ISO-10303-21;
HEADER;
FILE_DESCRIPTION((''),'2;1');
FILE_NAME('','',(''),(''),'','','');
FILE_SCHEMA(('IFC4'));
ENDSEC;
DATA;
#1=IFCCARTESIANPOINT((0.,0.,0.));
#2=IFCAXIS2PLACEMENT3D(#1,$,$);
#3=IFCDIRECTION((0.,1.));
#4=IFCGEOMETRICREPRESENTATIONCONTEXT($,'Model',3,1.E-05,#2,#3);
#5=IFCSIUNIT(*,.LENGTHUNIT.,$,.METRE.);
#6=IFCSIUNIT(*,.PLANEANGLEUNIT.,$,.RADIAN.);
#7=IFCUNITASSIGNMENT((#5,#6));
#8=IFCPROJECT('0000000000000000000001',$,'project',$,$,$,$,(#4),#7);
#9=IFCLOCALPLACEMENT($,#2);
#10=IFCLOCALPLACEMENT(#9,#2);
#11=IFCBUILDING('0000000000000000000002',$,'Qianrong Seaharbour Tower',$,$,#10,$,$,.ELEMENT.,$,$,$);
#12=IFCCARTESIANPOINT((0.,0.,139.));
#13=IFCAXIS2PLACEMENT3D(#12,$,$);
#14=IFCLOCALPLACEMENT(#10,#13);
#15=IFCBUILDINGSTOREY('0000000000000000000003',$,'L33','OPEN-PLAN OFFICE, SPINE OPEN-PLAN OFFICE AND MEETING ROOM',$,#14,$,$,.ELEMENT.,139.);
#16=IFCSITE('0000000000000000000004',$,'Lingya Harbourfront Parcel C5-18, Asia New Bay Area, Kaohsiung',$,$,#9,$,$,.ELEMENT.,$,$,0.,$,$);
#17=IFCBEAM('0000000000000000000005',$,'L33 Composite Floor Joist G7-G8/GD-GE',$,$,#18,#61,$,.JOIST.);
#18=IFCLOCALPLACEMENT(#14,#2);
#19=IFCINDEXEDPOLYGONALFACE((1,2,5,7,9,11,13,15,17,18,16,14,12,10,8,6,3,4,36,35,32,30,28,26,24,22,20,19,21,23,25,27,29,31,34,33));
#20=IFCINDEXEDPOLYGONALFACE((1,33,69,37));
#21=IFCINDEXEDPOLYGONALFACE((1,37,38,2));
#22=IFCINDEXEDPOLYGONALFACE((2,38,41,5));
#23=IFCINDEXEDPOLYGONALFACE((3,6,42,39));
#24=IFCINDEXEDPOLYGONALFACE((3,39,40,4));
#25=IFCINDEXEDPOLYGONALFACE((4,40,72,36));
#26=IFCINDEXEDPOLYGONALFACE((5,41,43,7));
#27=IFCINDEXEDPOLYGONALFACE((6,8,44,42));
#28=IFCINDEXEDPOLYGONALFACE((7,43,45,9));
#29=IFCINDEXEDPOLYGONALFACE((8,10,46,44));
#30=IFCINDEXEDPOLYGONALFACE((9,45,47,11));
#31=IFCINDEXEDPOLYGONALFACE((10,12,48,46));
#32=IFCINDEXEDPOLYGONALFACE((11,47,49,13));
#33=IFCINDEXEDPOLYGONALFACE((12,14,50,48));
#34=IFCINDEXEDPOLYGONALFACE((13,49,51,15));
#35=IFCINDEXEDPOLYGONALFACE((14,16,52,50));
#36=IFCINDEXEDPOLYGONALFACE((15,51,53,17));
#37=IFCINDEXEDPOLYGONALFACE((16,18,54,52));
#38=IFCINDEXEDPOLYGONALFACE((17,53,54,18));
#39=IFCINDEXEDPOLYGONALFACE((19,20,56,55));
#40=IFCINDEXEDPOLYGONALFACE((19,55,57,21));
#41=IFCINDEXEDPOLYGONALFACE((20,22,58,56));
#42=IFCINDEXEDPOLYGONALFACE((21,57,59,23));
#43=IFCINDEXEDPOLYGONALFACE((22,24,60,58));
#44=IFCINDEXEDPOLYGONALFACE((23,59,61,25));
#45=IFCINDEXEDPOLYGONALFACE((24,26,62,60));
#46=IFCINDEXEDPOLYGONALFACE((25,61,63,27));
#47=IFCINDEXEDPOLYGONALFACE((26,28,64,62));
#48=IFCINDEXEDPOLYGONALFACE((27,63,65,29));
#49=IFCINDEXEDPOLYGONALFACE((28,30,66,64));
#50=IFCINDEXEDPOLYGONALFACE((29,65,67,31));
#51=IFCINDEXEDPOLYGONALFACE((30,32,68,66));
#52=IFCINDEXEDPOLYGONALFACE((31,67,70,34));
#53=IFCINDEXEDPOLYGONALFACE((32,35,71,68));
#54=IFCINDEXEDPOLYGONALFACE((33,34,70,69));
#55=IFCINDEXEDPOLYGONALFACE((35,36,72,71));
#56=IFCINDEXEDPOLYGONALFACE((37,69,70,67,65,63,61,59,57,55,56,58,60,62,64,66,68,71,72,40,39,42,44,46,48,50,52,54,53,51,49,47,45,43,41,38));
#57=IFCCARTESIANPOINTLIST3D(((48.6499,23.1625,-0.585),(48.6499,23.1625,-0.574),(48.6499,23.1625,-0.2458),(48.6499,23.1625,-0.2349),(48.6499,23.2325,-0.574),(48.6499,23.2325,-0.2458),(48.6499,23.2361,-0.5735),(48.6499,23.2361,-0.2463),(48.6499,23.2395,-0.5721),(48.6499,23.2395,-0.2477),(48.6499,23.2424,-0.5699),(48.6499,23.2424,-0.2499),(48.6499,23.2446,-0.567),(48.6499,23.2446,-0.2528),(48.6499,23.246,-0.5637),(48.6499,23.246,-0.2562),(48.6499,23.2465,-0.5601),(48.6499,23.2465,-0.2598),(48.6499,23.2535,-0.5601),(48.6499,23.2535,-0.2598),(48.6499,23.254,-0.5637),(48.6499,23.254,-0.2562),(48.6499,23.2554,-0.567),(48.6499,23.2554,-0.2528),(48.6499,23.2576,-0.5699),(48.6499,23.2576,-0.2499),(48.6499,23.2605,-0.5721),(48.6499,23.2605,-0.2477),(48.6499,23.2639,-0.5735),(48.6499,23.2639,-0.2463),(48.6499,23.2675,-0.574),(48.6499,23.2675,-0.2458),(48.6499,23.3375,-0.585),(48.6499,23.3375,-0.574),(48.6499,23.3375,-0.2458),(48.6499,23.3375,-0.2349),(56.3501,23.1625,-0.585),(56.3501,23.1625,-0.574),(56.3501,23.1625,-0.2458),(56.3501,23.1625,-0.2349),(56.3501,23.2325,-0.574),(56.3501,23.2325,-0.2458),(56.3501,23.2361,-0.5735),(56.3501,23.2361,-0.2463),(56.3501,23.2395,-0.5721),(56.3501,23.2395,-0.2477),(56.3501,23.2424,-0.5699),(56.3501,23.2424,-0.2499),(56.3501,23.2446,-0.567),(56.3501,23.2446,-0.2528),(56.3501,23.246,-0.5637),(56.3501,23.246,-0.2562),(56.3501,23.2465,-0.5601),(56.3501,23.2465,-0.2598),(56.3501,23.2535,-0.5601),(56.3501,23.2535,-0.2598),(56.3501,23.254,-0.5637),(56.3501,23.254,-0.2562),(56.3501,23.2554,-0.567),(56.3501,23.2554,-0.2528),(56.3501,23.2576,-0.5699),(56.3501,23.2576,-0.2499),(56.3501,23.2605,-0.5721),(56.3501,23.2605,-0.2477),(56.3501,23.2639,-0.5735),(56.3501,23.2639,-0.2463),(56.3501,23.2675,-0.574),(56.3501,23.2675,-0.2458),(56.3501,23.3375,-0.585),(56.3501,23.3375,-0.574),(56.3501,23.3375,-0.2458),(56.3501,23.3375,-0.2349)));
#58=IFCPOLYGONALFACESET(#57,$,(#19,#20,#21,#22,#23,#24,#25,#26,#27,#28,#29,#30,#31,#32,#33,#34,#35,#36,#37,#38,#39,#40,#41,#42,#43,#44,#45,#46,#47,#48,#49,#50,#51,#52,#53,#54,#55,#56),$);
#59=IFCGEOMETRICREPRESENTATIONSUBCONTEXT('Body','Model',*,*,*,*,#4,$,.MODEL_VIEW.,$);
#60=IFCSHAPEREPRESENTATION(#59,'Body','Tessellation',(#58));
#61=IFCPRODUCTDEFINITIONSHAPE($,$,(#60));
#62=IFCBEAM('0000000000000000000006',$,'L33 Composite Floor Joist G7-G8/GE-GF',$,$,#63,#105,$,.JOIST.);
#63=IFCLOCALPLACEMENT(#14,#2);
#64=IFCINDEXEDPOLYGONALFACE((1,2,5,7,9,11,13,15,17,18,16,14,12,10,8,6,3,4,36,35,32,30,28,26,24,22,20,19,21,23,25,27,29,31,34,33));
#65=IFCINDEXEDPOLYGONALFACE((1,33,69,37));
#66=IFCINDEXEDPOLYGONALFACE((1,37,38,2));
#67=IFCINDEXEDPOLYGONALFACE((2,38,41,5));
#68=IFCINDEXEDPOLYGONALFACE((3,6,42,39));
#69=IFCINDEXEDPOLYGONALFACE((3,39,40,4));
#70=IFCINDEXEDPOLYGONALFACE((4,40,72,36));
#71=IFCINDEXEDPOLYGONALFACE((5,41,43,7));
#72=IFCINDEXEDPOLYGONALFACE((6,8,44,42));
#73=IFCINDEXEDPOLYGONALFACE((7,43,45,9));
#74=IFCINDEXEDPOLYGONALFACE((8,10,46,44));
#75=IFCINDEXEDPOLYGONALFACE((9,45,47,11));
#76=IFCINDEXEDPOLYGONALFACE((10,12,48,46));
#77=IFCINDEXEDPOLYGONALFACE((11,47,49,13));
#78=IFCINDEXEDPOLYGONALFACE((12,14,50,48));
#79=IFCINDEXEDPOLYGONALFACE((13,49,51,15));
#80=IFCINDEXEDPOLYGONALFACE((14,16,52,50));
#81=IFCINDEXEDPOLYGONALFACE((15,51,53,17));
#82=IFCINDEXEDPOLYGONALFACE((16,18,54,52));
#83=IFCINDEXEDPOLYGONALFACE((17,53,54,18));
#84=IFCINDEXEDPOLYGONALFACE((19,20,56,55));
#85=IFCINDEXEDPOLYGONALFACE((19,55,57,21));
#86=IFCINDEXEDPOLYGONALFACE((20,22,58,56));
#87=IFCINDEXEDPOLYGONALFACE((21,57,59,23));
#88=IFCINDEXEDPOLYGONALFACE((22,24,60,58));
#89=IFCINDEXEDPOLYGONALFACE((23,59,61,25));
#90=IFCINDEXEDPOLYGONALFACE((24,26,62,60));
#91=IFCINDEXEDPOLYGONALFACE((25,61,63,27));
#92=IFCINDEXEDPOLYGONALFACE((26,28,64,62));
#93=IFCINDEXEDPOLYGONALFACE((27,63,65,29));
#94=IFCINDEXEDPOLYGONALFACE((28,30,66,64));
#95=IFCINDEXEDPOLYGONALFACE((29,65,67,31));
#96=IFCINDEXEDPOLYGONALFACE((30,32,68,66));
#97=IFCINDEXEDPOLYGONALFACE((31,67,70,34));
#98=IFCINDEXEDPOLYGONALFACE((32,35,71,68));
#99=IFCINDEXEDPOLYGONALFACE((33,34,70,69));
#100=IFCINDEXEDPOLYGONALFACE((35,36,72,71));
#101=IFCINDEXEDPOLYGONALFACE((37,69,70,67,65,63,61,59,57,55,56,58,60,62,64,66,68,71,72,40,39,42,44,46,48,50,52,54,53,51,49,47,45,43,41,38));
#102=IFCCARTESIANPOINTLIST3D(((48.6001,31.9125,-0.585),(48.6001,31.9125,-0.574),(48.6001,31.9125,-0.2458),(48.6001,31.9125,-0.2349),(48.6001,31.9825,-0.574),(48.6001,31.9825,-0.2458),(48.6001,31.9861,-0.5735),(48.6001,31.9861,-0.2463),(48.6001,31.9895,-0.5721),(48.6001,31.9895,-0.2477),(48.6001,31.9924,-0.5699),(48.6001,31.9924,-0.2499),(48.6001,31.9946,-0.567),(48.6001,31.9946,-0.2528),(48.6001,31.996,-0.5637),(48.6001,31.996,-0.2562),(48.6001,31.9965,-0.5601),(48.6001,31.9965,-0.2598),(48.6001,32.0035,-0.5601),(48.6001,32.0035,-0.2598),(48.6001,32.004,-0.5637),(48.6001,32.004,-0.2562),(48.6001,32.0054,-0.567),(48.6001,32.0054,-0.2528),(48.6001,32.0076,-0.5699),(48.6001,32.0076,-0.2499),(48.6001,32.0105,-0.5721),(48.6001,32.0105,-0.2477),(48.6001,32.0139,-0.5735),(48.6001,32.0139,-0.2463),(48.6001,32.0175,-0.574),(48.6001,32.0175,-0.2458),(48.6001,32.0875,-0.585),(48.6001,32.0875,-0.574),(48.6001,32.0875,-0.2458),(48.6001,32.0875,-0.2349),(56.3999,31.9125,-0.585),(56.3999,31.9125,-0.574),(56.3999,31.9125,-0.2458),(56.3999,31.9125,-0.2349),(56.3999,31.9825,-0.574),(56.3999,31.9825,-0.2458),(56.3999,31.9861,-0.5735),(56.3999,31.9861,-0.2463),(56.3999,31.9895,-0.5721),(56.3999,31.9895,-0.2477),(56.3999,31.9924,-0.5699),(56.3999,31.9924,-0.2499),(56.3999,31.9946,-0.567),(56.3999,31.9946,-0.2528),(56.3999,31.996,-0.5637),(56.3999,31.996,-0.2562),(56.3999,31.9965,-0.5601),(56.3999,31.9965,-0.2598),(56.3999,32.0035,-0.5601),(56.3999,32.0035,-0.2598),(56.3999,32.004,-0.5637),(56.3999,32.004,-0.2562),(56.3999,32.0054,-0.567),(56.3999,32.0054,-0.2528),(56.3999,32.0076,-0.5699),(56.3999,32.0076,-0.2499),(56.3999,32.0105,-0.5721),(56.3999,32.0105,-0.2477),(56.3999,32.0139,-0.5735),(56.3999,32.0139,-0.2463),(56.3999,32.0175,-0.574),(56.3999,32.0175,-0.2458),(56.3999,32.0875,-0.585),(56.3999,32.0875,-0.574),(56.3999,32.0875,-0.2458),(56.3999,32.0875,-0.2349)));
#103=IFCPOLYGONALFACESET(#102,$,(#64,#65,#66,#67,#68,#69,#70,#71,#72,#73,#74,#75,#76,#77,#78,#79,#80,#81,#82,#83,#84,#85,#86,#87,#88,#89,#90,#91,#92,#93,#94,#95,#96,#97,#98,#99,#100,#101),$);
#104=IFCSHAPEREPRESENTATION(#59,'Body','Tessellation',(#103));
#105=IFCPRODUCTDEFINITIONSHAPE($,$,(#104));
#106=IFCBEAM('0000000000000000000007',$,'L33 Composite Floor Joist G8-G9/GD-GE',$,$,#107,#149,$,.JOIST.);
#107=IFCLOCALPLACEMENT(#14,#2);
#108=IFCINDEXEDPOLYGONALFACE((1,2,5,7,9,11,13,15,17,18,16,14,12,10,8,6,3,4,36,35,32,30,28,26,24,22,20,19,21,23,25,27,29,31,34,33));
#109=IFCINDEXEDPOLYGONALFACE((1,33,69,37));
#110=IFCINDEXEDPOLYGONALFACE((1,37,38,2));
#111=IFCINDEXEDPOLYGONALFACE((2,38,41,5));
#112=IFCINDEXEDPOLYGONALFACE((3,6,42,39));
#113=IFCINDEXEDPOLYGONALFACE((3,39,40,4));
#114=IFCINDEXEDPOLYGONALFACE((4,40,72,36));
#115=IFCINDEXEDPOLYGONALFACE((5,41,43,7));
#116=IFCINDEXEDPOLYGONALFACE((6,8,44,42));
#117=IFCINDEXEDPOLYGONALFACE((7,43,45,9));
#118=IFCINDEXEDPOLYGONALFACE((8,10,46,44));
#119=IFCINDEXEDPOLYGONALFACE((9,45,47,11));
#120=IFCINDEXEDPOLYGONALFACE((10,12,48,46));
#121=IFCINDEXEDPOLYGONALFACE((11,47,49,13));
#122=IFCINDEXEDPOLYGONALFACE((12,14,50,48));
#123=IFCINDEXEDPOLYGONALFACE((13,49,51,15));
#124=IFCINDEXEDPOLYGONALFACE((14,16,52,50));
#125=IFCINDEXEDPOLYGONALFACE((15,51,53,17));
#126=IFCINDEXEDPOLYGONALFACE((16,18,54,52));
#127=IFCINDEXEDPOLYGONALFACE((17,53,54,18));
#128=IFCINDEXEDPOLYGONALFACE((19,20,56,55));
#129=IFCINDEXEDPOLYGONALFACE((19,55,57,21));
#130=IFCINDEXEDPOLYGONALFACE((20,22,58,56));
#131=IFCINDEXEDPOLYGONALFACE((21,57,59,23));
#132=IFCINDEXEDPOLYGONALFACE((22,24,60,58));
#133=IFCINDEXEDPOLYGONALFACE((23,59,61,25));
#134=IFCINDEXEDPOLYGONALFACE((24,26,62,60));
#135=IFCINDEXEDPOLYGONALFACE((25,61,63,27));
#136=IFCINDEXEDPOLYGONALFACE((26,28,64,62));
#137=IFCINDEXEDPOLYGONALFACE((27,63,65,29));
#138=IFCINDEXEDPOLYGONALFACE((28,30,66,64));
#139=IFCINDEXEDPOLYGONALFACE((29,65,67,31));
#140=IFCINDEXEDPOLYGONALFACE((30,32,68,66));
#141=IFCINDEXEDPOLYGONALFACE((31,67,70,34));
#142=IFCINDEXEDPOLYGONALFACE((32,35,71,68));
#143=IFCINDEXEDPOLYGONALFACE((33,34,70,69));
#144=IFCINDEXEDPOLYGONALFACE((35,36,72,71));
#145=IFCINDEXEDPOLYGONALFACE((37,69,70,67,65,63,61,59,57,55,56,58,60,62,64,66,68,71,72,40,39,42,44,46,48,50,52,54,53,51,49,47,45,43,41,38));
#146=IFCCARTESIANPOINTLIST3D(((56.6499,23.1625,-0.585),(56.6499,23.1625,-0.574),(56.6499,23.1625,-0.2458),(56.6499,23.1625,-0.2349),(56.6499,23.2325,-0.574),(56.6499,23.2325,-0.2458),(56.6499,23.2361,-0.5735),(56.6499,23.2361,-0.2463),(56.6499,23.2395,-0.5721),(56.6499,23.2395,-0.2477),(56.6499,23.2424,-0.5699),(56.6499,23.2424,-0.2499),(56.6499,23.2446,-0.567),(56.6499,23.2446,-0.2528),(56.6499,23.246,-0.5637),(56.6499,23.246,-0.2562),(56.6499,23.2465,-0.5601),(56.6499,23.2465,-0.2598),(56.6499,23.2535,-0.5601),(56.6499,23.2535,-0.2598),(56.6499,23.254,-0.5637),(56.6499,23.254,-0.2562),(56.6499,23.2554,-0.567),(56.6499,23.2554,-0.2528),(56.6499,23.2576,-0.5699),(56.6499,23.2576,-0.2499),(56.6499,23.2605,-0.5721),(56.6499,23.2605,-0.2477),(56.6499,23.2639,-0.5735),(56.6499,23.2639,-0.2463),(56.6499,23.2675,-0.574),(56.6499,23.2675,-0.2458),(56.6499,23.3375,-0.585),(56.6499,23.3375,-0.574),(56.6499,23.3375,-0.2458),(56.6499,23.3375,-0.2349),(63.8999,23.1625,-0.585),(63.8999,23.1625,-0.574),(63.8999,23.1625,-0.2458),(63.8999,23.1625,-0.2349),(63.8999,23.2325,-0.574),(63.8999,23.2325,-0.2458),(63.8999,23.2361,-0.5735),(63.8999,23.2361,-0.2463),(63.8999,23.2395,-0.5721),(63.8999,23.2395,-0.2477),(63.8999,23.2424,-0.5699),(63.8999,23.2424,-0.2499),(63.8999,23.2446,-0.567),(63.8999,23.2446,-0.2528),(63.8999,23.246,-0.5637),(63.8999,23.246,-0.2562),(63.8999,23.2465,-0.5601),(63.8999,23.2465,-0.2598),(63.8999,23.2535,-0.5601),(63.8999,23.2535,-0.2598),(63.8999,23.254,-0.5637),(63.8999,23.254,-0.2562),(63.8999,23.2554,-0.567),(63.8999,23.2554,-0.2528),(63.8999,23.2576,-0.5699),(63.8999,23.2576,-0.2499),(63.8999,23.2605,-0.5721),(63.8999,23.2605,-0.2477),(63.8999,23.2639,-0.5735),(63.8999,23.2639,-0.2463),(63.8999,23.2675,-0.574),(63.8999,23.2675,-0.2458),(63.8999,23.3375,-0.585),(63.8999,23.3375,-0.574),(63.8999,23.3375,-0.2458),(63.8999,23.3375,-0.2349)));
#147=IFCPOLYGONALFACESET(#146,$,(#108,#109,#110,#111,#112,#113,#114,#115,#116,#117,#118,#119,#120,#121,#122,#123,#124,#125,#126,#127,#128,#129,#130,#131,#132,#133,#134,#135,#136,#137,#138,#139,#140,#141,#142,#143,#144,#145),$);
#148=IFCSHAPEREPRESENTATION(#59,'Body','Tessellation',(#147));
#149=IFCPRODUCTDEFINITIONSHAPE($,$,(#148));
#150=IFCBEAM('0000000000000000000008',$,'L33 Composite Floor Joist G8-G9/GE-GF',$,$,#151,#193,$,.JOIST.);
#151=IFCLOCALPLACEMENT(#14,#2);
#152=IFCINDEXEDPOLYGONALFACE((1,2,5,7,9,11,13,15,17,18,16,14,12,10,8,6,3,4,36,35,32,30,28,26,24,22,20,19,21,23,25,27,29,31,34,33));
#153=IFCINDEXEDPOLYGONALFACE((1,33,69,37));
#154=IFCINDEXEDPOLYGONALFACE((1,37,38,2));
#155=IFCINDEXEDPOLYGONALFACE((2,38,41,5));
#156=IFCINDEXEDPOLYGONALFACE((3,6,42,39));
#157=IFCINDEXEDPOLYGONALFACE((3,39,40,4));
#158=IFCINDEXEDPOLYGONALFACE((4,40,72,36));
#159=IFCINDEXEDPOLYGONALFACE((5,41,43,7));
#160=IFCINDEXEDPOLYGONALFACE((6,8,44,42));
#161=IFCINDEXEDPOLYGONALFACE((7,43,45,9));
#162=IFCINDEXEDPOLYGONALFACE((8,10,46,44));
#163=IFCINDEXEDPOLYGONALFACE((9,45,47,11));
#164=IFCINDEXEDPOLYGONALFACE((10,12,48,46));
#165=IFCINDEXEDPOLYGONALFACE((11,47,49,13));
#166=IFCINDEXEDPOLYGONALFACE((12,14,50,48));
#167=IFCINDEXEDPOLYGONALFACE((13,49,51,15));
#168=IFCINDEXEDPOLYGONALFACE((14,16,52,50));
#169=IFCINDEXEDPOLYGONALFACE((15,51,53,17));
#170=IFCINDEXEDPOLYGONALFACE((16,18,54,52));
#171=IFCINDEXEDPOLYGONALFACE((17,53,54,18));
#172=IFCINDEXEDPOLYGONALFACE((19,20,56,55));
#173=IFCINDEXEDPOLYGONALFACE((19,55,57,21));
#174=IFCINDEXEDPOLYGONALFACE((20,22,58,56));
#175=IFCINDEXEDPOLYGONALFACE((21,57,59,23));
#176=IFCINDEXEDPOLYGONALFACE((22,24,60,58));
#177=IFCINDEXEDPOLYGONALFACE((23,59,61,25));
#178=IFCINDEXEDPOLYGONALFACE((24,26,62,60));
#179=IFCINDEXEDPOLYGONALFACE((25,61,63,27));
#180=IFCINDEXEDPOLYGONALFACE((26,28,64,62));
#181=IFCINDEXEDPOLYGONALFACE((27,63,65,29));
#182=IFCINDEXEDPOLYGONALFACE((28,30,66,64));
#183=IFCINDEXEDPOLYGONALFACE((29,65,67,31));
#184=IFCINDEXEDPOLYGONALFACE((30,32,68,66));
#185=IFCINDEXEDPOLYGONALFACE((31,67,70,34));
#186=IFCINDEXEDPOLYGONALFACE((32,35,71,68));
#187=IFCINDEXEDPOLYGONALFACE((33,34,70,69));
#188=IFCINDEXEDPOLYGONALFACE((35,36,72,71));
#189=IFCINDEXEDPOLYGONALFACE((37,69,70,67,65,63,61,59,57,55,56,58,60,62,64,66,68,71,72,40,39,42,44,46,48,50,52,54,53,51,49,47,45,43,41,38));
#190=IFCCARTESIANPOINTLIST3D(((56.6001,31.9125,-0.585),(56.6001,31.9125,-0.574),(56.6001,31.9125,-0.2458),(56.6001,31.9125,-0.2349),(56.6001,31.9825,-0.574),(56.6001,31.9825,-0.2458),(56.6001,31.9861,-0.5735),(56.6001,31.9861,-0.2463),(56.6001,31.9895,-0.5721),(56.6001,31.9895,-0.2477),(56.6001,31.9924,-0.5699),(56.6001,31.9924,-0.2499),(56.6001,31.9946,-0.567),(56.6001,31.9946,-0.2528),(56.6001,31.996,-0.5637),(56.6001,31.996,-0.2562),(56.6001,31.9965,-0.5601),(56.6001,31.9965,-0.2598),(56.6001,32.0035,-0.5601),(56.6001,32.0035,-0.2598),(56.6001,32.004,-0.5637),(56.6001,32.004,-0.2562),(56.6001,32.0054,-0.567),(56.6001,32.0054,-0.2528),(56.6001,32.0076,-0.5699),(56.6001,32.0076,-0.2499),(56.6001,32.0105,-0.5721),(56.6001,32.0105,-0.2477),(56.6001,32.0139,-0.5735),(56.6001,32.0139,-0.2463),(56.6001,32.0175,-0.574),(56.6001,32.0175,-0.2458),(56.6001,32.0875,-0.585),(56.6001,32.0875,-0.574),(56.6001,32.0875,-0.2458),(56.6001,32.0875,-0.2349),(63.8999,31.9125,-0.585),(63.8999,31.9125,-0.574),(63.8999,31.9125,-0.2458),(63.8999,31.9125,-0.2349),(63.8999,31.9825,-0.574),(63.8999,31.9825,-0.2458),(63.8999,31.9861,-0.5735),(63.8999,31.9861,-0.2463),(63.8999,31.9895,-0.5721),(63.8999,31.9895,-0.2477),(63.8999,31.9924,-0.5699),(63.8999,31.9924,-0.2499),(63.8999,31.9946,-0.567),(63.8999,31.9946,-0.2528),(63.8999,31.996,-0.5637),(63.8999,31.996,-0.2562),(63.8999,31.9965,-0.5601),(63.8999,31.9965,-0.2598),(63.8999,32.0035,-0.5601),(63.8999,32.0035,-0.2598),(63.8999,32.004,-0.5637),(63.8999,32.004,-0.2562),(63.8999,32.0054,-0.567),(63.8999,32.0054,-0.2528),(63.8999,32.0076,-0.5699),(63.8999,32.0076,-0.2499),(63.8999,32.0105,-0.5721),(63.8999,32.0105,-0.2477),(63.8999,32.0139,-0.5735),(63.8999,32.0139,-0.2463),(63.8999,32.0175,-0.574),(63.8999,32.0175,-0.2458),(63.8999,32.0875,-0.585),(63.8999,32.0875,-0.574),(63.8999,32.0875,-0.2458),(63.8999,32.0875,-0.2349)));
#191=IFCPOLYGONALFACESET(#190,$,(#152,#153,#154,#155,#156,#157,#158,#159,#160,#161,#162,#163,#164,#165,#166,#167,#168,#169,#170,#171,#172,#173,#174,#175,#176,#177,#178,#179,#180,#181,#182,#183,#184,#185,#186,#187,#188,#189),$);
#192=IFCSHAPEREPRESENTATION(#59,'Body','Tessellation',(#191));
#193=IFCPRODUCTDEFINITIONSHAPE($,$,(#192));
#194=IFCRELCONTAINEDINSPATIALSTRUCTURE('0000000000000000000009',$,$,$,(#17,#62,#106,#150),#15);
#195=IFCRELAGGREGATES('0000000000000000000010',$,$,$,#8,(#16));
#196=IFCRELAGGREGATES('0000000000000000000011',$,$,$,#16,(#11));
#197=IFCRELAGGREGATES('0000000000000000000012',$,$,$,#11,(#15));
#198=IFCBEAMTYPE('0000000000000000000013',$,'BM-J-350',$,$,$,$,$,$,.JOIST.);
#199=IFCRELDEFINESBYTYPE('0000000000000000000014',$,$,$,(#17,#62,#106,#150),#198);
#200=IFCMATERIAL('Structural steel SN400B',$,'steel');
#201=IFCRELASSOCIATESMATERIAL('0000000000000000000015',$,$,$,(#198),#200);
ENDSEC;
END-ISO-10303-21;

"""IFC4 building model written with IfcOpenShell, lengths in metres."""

from ifc_helpers import new_model, si_unit, direction, frame, origin, origin_2d, place, context, subcontext, project, spatial, i_section, extrude, material, material_profile, profile_set, type_object, element, save


model = new_model("IFC4")

# Units and contexts
model_context = context("Model", 3, precision=1e-05, world=origin(), true_north=direction((0.0, 1.0)))
body_context = subcontext(model_context, "Body", "Model", "MODEL_VIEW")
ifc_project = project(units=[si_unit("LENGTHUNIT", "METRE"), si_unit("PLANEANGLEUNIT", "RADIAN")], contexts=[model_context])

# Site, building, storey
site_placement = place(None, origin())
site = spatial("IfcSite", under=ifc_project, at=site_placement, Name="Lingya Harbourfront Parcel C5-18, Asia New Bay Area, Kaohsiung", CompositionType="ELEMENT", RefElevation=0.0)
building_placement = place(site_placement, origin())
building = spatial("IfcBuilding", under=site, at=building_placement, Name="Qianrong Seaharbour Tower", CompositionType="ELEMENT")
storey_placement = place(building_placement, frame((0.0, 0.0, 139.0)))
storey = spatial("IfcBuildingStorey", under=building, at=storey_placement, Name="L33", Description="OPEN-PLAN OFFICE, SPINE OPEN-PLAN OFFICE AND MEETING ROOM", CompositionType="ELEMENT", Elevation=139.0)

# Beams
ifc_material_1 = material(Name="Structural steel SN400B", Category="steel")
ifc_material_profile_1 = material_profile(ifc_material_1, i_section(OverallWidth=0.175, OverallDepth=0.3501, WebThickness=0.0071, FlangeThickness=0.011, FilletRadius=0.0139, at=origin_2d()), Name="H350x175x7x11")
ifc_profile_set_1 = profile_set([ifc_material_profile_1], Name="Structural steel SN400B")
beam_type_1 = type_object("IfcBeamType", Name="BM-J-350", PredefinedType="JOIST", material=ifc_profile_set_1)
beam_1_placement = place(storey_placement, frame((48.6499, 23.25, -0.4099), z_axis=(1.0, 0.0, 0.0), x_axis=(0.0, 1.0, 0.0)))
element("IfcBeam", 1, at=beam_1_placement, inside=storey, type_object=beam_type_1, Name="L33 Composite Floor Joist G7-G8/GD-GE", PredefinedType="JOIST", context=body_context, shape_type="SweptSolid", body=[
    extrude(i_section(OverallWidth=0.175, OverallDepth=0.3501, WebThickness=0.0071, FlangeThickness=0.011, FilletRadius=0.0139, at=origin_2d()), origin(), (0.0, 0.0, 1.0), 7.7002),
])
beam_2_placement = place(storey_placement, frame((48.6001, 32.0, -0.4099), z_axis=(1.0, 0.0, 0.0), x_axis=(0.0, 1.0, 0.0)))
element("IfcBeam", 2, at=beam_2_placement, inside=storey, type_object=beam_type_1, Name="L33 Composite Floor Joist G7-G8/GE-GF", PredefinedType="JOIST", context=body_context, shape_type="SweptSolid", body=[
    extrude(i_section(OverallWidth=0.175, OverallDepth=0.3501, WebThickness=0.0071, FlangeThickness=0.011, FilletRadius=0.0139, at=origin_2d()), origin(), (0.0, 0.0, 1.0), 7.7998),
])
beam_3_placement = place(storey_placement, frame((56.6499, 23.25, -0.4099), z_axis=(1.0, 0.0, 0.0), x_axis=(0.0, 1.0, 0.0)))
element("IfcBeam", 3, at=beam_3_placement, inside=storey, type_object=beam_type_1, Name="L33 Composite Floor Joist G8-G9/GD-GE", PredefinedType="JOIST", context=body_context, shape_type="SweptSolid", body=[
    extrude(i_section(OverallWidth=0.175, OverallDepth=0.3501, WebThickness=0.0071, FlangeThickness=0.011, FilletRadius=0.0139, at=origin_2d()), origin(), (0.0, 0.0, 1.0), 7.25),
])
beam_4_placement = place(storey_placement, frame((56.6001, 32.0, -0.4099), z_axis=(1.0, 0.0, 0.0), x_axis=(0.0, 1.0, 0.0)))
element("IfcBeam", 4, at=beam_4_placement, inside=storey, type_object=beam_type_1, Name="L33 Composite Floor Joist G8-G9/GE-GF", PredefinedType="JOIST", context=body_context, shape_type="SweptSolid", body=[
    extrude(i_section(OverallWidth=0.175, OverallDepth=0.3501, WebThickness=0.0071, FlangeThickness=0.011, FilletRadius=0.0139, at=origin_2d()), origin(), (0.0, 0.0, 1.0), 7.2998),
])

save(model, "model.ifc")
